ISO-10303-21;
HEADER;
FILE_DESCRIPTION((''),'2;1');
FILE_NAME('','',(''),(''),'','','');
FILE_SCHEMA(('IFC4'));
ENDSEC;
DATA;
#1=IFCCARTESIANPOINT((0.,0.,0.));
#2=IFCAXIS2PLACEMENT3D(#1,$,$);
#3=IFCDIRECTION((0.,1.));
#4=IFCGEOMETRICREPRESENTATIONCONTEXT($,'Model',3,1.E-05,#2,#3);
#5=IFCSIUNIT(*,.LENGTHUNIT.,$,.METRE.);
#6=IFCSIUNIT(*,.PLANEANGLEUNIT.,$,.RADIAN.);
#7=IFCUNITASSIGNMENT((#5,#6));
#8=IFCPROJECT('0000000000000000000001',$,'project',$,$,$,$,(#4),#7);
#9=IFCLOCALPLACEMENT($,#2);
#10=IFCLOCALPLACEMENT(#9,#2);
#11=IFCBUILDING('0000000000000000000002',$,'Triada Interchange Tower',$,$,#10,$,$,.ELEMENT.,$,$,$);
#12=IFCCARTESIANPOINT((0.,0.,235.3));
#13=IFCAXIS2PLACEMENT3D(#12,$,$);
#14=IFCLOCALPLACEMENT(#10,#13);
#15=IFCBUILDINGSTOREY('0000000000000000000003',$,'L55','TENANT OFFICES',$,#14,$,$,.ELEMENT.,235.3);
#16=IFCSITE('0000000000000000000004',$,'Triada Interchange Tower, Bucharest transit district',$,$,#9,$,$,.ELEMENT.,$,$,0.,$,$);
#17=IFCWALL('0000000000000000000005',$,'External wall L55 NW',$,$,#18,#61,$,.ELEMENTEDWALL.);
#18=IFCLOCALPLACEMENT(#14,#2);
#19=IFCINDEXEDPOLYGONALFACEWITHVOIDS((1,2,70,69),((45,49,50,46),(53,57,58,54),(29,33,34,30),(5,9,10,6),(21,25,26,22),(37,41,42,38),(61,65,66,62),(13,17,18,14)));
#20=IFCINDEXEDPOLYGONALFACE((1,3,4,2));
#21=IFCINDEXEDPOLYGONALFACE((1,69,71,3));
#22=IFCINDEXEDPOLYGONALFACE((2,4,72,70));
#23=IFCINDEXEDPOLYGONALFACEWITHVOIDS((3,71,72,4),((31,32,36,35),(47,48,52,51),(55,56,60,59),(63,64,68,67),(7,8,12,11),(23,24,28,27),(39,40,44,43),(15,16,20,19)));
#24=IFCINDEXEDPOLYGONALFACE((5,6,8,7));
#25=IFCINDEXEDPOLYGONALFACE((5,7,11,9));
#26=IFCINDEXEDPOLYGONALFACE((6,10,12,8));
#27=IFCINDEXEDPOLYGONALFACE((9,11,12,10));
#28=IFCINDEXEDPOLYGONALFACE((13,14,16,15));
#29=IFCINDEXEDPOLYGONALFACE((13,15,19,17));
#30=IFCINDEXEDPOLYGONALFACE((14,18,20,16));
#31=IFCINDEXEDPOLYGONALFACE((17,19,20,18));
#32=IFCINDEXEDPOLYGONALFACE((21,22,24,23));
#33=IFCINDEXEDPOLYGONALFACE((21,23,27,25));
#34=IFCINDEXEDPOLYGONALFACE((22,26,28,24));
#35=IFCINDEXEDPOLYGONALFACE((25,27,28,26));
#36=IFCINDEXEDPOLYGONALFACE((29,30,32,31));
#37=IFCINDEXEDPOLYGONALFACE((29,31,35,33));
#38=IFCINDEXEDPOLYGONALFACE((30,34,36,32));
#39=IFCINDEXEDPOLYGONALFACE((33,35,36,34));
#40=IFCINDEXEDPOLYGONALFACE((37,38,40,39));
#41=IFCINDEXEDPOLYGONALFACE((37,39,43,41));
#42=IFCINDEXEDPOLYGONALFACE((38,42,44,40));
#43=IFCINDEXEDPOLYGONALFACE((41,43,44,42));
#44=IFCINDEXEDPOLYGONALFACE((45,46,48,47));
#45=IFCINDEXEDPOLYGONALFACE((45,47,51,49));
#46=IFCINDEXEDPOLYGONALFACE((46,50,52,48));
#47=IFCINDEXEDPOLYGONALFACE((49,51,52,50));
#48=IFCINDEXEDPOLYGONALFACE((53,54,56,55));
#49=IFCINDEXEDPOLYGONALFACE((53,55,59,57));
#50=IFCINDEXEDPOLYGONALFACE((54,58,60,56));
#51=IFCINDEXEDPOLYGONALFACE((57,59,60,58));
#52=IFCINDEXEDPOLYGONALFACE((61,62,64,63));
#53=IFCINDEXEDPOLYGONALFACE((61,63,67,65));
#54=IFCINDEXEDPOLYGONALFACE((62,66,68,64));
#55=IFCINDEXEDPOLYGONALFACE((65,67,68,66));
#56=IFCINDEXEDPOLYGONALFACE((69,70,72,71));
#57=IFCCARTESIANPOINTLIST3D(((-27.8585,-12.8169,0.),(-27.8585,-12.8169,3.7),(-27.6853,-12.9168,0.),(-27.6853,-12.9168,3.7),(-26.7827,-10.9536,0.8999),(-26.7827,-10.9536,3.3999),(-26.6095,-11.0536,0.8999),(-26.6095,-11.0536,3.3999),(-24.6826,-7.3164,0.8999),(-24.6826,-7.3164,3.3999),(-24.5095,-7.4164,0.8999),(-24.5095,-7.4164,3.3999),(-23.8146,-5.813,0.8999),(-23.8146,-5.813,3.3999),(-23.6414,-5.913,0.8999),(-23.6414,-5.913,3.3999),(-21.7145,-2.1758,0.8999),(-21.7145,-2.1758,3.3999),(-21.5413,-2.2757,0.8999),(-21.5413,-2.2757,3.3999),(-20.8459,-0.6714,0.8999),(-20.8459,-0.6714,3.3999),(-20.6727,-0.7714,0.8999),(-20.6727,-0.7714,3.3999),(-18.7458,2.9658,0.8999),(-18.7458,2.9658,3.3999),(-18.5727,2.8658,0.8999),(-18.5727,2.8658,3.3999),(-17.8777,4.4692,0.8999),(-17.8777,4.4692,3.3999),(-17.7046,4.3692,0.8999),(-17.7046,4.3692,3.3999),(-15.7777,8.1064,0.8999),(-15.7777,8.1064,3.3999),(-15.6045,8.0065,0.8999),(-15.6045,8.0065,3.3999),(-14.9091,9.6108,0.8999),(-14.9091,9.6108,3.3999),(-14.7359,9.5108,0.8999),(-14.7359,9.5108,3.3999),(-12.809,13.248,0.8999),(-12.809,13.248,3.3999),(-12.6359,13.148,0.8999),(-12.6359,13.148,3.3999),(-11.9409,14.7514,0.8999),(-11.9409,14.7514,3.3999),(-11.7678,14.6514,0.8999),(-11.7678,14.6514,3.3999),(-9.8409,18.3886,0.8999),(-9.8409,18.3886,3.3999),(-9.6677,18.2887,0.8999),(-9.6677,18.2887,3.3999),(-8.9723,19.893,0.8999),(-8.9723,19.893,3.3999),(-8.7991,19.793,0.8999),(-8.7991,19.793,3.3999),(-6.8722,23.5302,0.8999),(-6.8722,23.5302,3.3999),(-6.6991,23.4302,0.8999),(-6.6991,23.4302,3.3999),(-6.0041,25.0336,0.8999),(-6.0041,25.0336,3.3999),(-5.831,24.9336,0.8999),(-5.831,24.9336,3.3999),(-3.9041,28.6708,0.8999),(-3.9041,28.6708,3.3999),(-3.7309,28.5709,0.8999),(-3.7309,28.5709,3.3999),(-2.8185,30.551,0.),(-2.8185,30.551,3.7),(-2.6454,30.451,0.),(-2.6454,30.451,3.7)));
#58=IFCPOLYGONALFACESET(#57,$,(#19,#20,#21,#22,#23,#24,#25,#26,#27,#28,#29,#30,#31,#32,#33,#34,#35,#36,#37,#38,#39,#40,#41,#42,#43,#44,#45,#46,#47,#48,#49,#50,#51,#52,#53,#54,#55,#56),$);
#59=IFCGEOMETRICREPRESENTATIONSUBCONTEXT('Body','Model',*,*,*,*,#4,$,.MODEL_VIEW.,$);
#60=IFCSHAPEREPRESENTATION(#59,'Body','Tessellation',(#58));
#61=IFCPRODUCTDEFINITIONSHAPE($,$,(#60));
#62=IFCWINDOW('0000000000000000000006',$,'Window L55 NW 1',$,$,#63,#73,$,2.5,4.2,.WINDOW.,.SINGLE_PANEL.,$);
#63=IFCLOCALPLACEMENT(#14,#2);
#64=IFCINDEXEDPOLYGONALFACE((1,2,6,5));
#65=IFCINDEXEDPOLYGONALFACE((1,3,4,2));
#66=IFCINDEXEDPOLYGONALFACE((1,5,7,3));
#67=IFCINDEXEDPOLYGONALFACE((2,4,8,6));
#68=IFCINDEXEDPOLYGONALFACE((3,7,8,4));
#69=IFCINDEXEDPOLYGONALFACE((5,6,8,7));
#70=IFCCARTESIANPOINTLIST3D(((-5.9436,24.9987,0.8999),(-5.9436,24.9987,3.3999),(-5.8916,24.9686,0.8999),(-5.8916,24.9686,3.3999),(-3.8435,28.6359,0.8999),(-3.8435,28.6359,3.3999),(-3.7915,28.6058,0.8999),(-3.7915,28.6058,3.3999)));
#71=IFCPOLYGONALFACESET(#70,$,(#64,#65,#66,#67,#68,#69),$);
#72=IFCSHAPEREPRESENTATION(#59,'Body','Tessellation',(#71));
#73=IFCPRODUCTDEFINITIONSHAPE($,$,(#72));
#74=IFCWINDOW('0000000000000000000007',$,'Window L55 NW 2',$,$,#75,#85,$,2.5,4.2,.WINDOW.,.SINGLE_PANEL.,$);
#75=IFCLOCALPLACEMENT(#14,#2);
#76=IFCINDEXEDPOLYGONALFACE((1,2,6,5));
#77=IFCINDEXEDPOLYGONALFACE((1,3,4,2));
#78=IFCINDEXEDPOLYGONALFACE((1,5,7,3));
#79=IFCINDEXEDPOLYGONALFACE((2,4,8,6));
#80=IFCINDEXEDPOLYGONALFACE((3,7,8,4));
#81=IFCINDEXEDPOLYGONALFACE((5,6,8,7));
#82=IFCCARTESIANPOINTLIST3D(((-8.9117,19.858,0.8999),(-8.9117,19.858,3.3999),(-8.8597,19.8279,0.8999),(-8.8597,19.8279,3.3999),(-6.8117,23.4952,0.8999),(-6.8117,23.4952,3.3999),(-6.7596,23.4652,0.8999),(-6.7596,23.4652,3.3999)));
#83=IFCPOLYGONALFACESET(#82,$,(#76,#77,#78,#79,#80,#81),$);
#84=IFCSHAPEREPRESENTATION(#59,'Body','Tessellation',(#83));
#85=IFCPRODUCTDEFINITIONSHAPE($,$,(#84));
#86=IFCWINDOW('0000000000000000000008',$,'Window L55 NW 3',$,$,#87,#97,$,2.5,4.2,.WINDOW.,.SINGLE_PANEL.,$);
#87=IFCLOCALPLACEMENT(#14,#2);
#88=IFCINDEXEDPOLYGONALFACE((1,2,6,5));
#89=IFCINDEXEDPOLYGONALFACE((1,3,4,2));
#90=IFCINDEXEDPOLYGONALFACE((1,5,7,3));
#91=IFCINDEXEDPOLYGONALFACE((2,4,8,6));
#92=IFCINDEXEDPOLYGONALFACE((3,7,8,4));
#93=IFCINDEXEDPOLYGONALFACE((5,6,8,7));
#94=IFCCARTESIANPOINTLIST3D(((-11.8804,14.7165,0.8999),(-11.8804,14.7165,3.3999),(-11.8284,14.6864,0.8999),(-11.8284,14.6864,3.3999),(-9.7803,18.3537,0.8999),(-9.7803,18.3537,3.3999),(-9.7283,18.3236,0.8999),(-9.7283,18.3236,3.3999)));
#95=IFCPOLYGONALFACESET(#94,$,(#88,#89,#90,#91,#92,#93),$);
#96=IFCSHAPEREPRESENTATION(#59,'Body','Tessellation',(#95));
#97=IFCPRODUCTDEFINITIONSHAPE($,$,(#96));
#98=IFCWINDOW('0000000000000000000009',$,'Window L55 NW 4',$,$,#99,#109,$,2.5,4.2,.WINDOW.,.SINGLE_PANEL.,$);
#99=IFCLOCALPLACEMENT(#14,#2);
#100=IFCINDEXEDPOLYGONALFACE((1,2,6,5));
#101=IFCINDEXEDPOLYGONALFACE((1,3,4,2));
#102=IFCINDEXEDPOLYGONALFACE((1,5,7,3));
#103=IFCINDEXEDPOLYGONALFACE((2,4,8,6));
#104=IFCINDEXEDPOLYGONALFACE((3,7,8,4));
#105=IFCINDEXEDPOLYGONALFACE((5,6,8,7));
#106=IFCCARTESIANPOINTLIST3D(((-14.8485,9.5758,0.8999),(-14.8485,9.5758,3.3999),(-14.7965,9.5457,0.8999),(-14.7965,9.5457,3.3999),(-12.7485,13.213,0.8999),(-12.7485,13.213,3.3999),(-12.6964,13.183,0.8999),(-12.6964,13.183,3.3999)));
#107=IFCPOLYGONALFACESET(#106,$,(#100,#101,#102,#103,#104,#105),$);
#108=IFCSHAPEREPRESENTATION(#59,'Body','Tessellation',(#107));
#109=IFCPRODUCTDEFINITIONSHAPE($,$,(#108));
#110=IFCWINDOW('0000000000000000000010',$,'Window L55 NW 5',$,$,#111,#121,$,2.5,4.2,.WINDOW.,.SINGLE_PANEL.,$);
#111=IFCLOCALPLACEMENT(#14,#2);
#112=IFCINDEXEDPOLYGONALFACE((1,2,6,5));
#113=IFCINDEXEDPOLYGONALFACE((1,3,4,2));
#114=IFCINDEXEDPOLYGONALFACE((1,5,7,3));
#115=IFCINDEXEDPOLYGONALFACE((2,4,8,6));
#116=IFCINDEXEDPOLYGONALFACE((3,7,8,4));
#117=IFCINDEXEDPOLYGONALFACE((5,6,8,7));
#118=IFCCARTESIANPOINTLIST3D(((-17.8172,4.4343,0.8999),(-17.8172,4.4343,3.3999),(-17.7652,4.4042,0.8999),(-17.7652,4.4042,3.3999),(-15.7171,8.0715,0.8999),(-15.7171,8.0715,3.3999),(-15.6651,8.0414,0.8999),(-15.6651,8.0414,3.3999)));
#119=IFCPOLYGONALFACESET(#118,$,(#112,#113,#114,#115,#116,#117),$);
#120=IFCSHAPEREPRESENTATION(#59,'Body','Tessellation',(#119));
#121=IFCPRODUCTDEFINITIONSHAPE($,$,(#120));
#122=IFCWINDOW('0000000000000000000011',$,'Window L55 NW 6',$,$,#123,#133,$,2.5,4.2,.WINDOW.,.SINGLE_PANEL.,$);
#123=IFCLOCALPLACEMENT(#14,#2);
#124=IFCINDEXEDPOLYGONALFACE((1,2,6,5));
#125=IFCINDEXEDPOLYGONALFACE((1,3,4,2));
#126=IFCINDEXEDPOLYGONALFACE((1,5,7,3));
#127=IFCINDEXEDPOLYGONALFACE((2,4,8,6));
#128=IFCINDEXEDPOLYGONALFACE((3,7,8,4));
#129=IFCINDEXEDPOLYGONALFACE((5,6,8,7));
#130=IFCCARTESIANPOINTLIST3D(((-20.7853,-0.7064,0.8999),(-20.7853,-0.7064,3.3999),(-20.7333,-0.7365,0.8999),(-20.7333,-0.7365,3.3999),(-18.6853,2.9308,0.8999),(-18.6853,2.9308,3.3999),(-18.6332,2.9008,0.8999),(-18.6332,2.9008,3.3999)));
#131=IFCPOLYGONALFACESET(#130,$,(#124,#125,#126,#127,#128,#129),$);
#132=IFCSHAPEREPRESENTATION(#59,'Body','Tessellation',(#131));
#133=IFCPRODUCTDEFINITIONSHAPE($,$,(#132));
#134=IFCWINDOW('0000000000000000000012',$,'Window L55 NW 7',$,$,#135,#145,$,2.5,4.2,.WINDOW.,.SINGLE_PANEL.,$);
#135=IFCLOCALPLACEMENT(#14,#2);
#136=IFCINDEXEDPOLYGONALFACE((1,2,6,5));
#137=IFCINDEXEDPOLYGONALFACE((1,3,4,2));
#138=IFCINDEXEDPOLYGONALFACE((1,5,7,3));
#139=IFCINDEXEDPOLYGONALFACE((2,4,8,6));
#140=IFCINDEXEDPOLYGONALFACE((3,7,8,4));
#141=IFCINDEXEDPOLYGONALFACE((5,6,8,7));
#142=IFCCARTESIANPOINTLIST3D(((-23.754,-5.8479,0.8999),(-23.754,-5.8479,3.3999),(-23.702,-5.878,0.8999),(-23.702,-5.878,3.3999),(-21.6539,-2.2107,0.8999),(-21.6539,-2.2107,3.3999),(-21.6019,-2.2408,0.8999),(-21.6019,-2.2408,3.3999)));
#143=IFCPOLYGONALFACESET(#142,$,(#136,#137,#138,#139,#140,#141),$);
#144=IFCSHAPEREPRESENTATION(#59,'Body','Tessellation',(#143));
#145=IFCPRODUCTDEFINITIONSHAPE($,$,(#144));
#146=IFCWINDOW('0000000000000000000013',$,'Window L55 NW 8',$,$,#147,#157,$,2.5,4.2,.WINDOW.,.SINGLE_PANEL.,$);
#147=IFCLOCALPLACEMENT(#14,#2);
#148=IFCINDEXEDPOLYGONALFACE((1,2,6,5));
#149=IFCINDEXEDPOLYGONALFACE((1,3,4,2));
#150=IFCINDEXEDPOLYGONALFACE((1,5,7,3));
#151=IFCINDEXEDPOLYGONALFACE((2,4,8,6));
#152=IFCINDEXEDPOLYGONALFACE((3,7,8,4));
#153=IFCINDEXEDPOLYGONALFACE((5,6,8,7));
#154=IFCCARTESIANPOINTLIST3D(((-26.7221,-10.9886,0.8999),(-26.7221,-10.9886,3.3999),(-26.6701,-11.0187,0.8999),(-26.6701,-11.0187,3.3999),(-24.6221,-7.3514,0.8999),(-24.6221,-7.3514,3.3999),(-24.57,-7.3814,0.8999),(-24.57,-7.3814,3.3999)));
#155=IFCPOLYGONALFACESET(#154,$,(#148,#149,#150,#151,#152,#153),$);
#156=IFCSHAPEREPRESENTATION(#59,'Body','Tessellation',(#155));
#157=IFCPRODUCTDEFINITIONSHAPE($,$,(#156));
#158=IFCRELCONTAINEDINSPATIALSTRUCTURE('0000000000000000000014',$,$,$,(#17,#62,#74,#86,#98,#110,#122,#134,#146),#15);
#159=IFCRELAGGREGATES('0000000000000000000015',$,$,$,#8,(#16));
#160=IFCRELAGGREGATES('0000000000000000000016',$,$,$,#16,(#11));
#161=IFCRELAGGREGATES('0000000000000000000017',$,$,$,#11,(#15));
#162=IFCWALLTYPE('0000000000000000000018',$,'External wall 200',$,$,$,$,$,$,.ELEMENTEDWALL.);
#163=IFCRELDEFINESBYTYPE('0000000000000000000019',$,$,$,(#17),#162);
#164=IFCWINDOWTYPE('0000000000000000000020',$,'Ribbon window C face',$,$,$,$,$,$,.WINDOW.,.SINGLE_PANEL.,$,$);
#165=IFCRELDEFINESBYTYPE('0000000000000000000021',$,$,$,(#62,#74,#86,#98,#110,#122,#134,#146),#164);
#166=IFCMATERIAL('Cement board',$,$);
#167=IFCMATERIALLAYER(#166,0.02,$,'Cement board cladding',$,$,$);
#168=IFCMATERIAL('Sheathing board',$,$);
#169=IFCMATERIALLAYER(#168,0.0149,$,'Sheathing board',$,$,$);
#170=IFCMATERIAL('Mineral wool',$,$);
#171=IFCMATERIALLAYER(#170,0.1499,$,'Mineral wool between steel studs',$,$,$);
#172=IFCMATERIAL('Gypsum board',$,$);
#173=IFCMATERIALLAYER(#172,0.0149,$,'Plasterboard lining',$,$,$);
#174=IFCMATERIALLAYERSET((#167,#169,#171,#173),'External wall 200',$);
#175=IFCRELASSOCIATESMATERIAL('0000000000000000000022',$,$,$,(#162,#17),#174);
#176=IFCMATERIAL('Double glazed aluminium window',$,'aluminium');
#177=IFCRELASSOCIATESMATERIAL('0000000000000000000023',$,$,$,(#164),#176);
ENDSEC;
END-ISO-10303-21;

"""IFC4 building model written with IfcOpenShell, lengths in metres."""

from ifc_helpers import new_model, si_unit, direction, frame, frame_2d, origin, place, context, subcontext, project, spatial, rectangle, extrude, material, layer, layer_set, layer_usage, type_object, element, fill, save


model = new_model("IFC4")

# Units and contexts
model_context = context("Model", 3, precision=1e-05, world=origin(), true_north=direction((0.0, 1.0)))
body_context = subcontext(model_context, "Body", "Model", "MODEL_VIEW")
ifc_project = project(units=[si_unit("LENGTHUNIT", "METRE"), si_unit("PLANEANGLEUNIT", "RADIAN")], contexts=[model_context])

# Site, building, storey
site_placement = place(None, origin())
site = spatial("IfcSite", under=ifc_project, at=site_placement, Name="Triada Interchange Tower, Bucharest transit district", CompositionType="ELEMENT", RefElevation=0.0)
building_placement = place(site_placement, origin())
building = spatial("IfcBuilding", under=site, at=building_placement, Name="Triada Interchange Tower", CompositionType="ELEMENT")
storey_placement = place(building_placement, frame((0.0, 0.0, 235.3)))
storey = spatial("IfcBuildingStorey", under=building, at=storey_placement, Name="L55", Description="TENANT OFFICES", CompositionType="ELEMENT", Elevation=235.3)

# Wall, openings, windows
ifc_material_1 = material(Name="Cement board")
ifc_layer_1 = layer(ifc_material_1, 0.02, Name="Cement board cladding")
ifc_material_2 = material(Name="Sheathing board")
ifc_layer_2 = layer(ifc_material_2, 0.0149, Name="Sheathing board")
ifc_material_3 = material(Name="Mineral wool")
ifc_layer_3 = layer(ifc_material_3, 0.1499, Name="Mineral wool between steel studs")
ifc_material_4 = material(Name="Gypsum board")
ifc_layer_4 = layer(ifc_material_4, 0.0149, Name="Plasterboard lining")
ifc_layer_set_1 = layer_set([ifc_layer_1, ifc_layer_2, ifc_layer_3, ifc_layer_4], Name="External wall 200")
ifc_layer_usage = layer_usage(ifc_layer_set_1, "AXIS2", "POSITIVE", -0.1001)
wall_type = type_object("IfcWallType", Name="External wall 200", PredefinedType="ELEMENTEDWALL", material=ifc_layer_set_1)
wall_placement = place(storey_placement, frame((-2.7319, 30.501, 0.0), z_axis=(0.0, 0.0, 1.0), x_axis=(-0.500023, -0.866012, 0.0)))
wall = element("IfcWall", 1, at=wall_placement, inside=storey, type_object=wall_type, material=ifc_layer_usage, Name="External wall L55 NW", PredefinedType="ELEMENTEDWALL", context=body_context, shape_type="SweptSolid", body=[
    extrude(rectangle(XDim=50.0776, YDim=0.2, at=frame_2d((25.0388, 0.0))), origin(), (0.0, 0.0, 1.0), 3.7),
])
opening_1_placement = place(wall_placement, frame((2.1709, 0.0, 0.8999)))
opening_1 = element("IfcOpeningElement", 2, at=opening_1_placement, cuts=wall, PredefinedType="OPENING", context=body_context, shape_type="SweptSolid", body=[
    extrude(rectangle(XDim=4.2, YDim=2.5, at=frame_2d((2.1001, 1.25))), frame((0.0, 0.1099, 0.0), z_axis=(0.0, -1.0, 0.0), x_axis=(1.0, 0.0, 0.0)), (0.0, 0.0, 1.0), 0.22),
])
opening_2_placement = place(wall_placement, frame((8.1069, 0.0, 0.8999)))
opening_2 = element("IfcOpeningElement", 3, at=opening_2_placement, cuts=wall, PredefinedType="OPENING", context=body_context, shape_type="SweptSolid", body=[
    extrude(rectangle(XDim=4.2, YDim=2.5, at=frame_2d((2.1001, 1.25))), frame((0.0, 0.1099, 0.0), z_axis=(0.0, -1.0, 0.0), x_axis=(1.0, 0.0, 0.0)), (0.0, 0.0, 1.0), 0.22),
])
opening_3_placement = place(wall_placement, frame((14.0439, 0.0, 0.8999)))
opening_3 = element("IfcOpeningElement", 4, at=opening_3_placement, cuts=wall, PredefinedType="OPENING", context=body_context, shape_type="SweptSolid", body=[
    extrude(rectangle(XDim=4.2, YDim=2.5, at=frame_2d((2.1001, 1.25))), frame((0.0, 0.1099, 0.0), z_axis=(0.0, -1.0, 0.0), x_axis=(1.0, 0.0, 0.0)), (0.0, 0.0, 1.0), 0.22),
])
opening_4_placement = place(wall_placement, frame((19.98, 0.0, 0.8999)))
opening_4 = element("IfcOpeningElement", 5, at=opening_4_placement, cuts=wall, PredefinedType="OPENING", context=body_context, shape_type="SweptSolid", body=[
    extrude(rectangle(XDim=4.2, YDim=2.5, at=frame_2d((2.1001, 1.25))), frame((0.0, 0.1099, 0.0), z_axis=(0.0, -1.0, 0.0), x_axis=(1.0, 0.0, 0.0)), (0.0, 0.0, 1.0), 0.22),
])
opening_5_placement = place(wall_placement, frame((25.917, 0.0, 0.8999)))
opening_5 = element("IfcOpeningElement", 6, at=opening_5_placement, cuts=wall, PredefinedType="OPENING", context=body_context, shape_type="SweptSolid", body=[
    extrude(rectangle(XDim=4.2, YDim=2.5, at=frame_2d((2.1001, 1.25))), frame((0.0, 0.1099, 0.0), z_axis=(0.0, -1.0, 0.0), x_axis=(1.0, 0.0, 0.0)), (0.0, 0.0, 1.0), 0.22),
])
opening_6_placement = place(wall_placement, frame((31.853, 0.0, 0.8999)))
opening_6 = element("IfcOpeningElement", 7, at=opening_6_placement, cuts=wall, PredefinedType="OPENING", context=body_context, shape_type="SweptSolid", body=[
    extrude(rectangle(XDim=4.2, YDim=2.5, at=frame_2d((2.1001, 1.25))), frame((0.0, 0.1099, 0.0), z_axis=(0.0, -1.0, 0.0), x_axis=(1.0, 0.0, 0.0)), (0.0, 0.0, 1.0), 0.22),
])
opening_7_placement = place(wall_placement, frame((37.79, 0.0, 0.8999)))
opening_7 = element("IfcOpeningElement", 8, at=opening_7_placement, cuts=wall, PredefinedType="OPENING", context=body_context, shape_type="SweptSolid", body=[
    extrude(rectangle(XDim=4.2, YDim=2.5, at=frame_2d((2.1001, 1.25))), frame((0.0, 0.1099, 0.0), z_axis=(0.0, -1.0, 0.0), x_axis=(1.0, 0.0, 0.0)), (0.0, 0.0, 1.0), 0.22),
])
opening_8_placement = place(wall_placement, frame((43.7261, 0.0, 0.8999)))
opening_8 = element("IfcOpeningElement", 9, at=opening_8_placement, cuts=wall, PredefinedType="OPENING", context=body_context, shape_type="SweptSolid", body=[
    extrude(rectangle(XDim=4.2, YDim=2.5, at=frame_2d((2.1001, 1.25))), frame((0.0, 0.1099, 0.0), z_axis=(0.0, -1.0, 0.0), x_axis=(1.0, 0.0, 0.0)), (0.0, 0.0, 1.0), 0.22),
])
ifc_material_5 = material(Name="Double glazed aluminium window", Category="aluminium")
window_type = type_object("IfcWindowType", Name="Ribbon window C face", PartitioningType="SINGLE_PANEL", PredefinedType="WINDOW", material=ifc_material_5)
window_1_placement = place(opening_1_placement, origin())
window_1 = element("IfcWindow", 10, at=window_1_placement, inside=storey, type_object=window_type, Name="Window L55 NW 1", OverallHeight=2.5, OverallWidth=4.2, PartitioningType="SINGLE_PANEL", PredefinedType="WINDOW", context=body_context, shape_type="SweptSolid", body=[
    extrude(rectangle(XDim=4.2, YDim=2.5, at=frame_2d((2.1001, 1.25))), frame((0.0, 0.03, 0.0), z_axis=(0.0, -1.0, 0.0), x_axis=(1.0, 0.0, 0.0)), (0.0, 0.0, 1.0), 0.0601),
])
fill(opening_1, window_1)
window_2_placement = place(opening_2_placement, origin())
window_2 = element("IfcWindow", 11, at=window_2_placement, inside=storey, type_object=window_type, Name="Window L55 NW 2", OverallHeight=2.5, OverallWidth=4.2, PartitioningType="SINGLE_PANEL", PredefinedType="WINDOW", context=body_context, shape_type="SweptSolid", body=[
    extrude(rectangle(XDim=4.2, YDim=2.5, at=frame_2d((2.1001, 1.25))), frame((0.0, 0.03, 0.0), z_axis=(0.0, -1.0, 0.0), x_axis=(1.0, 0.0, 0.0)), (0.0, 0.0, 1.0), 0.0601),
])
fill(opening_2, window_2)
window_3_placement = place(opening_3_placement, origin())
window_3 = element("IfcWindow", 12, at=window_3_placement, inside=storey, type_object=window_type, Name="Window L55 NW 3", OverallHeight=2.5, OverallWidth=4.2, PartitioningType="SINGLE_PANEL", PredefinedType="WINDOW", context=body_context, shape_type="SweptSolid", body=[
    extrude(rectangle(XDim=4.2, YDim=2.5, at=frame_2d((2.1001, 1.25))), frame((0.0, 0.03, 0.0), z_axis=(0.0, -1.0, 0.0), x_axis=(1.0, 0.0, 0.0)), (0.0, 0.0, 1.0), 0.0601),
])
fill(opening_3, window_3)
window_4_placement = place(opening_4_placement, origin())
window_4 = element("IfcWindow", 13, at=window_4_placement, inside=storey, type_object=window_type, Name="Window L55 NW 4", OverallHeight=2.5, OverallWidth=4.2, PartitioningType="SINGLE_PANEL", PredefinedType="WINDOW", context=body_context, shape_type="SweptSolid", body=[
    extrude(rectangle(XDim=4.2, YDim=2.5, at=frame_2d((2.1001, 1.25))), frame((0.0, 0.03, 0.0), z_axis=(0.0, -1.0, 0.0), x_axis=(1.0, 0.0, 0.0)), (0.0, 0.0, 1.0), 0.0601),
])
fill(opening_4, window_4)
window_5_placement = place(opening_5_placement, origin())
window_5 = element("IfcWindow", 14, at=window_5_placement, inside=storey, type_object=window_type, Name="Window L55 NW 5", OverallHeight=2.5, OverallWidth=4.2, PartitioningType="SINGLE_PANEL", PredefinedType="WINDOW", context=body_context, shape_type="SweptSolid", body=[
    extrude(rectangle(XDim=4.2, YDim=2.5, at=frame_2d((2.1001, 1.25))), frame((0.0, 0.03, 0.0), z_axis=(0.0, -1.0, 0.0), x_axis=(1.0, 0.0, 0.0)), (0.0, 0.0, 1.0), 0.0601),
])
fill(opening_5, window_5)
window_6_placement = place(opening_6_placement, origin())
window_6 = element("IfcWindow", 15, at=window_6_placement, inside=storey, type_object=window_type, Name="Window L55 NW 6", OverallHeight=2.5, OverallWidth=4.2, PartitioningType="SINGLE_PANEL", PredefinedType="WINDOW", context=body_context, shape_type="SweptSolid", body=[
    extrude(rectangle(XDim=4.2, YDim=2.5, at=frame_2d((2.1001, 1.25))), frame((0.0, 0.03, 0.0), z_axis=(0.0, -1.0, 0.0), x_axis=(1.0, 0.0, 0.0)), (0.0, 0.0, 1.0), 0.0601),
])
fill(opening_6, window_6)
window_7_placement = place(opening_7_placement, origin())
window_7 = element("IfcWindow", 16, at=window_7_placement, inside=storey, type_object=window_type, Name="Window L55 NW 7", OverallHeight=2.5, OverallWidth=4.2, PartitioningType="SINGLE_PANEL", PredefinedType="WINDOW", context=body_context, shape_type="SweptSolid", body=[
    extrude(rectangle(XDim=4.2, YDim=2.5, at=frame_2d((2.1001, 1.25))), frame((0.0, 0.03, 0.0), z_axis=(0.0, -1.0, 0.0), x_axis=(1.0, 0.0, 0.0)), (0.0, 0.0, 1.0), 0.0601),
])
fill(opening_7, window_7)
window_8_placement = place(opening_8_placement, origin())
window_8 = element("IfcWindow", 17, at=window_8_placement, inside=storey, type_object=window_type, Name="Window L55 NW 8", OverallHeight=2.5, OverallWidth=4.2, PartitioningType="SINGLE_PANEL", PredefinedType="WINDOW", context=body_context, shape_type="SweptSolid", body=[
    extrude(rectangle(XDim=4.2, YDim=2.5, at=frame_2d((2.1001, 1.25))), frame((0.0, 0.03, 0.0), z_axis=(0.0, -1.0, 0.0), x_axis=(1.0, 0.0, 0.0)), (0.0, 0.0, 1.0), 0.0601),
])
fill(opening_8, window_8)

save(model, "model.ifc")
